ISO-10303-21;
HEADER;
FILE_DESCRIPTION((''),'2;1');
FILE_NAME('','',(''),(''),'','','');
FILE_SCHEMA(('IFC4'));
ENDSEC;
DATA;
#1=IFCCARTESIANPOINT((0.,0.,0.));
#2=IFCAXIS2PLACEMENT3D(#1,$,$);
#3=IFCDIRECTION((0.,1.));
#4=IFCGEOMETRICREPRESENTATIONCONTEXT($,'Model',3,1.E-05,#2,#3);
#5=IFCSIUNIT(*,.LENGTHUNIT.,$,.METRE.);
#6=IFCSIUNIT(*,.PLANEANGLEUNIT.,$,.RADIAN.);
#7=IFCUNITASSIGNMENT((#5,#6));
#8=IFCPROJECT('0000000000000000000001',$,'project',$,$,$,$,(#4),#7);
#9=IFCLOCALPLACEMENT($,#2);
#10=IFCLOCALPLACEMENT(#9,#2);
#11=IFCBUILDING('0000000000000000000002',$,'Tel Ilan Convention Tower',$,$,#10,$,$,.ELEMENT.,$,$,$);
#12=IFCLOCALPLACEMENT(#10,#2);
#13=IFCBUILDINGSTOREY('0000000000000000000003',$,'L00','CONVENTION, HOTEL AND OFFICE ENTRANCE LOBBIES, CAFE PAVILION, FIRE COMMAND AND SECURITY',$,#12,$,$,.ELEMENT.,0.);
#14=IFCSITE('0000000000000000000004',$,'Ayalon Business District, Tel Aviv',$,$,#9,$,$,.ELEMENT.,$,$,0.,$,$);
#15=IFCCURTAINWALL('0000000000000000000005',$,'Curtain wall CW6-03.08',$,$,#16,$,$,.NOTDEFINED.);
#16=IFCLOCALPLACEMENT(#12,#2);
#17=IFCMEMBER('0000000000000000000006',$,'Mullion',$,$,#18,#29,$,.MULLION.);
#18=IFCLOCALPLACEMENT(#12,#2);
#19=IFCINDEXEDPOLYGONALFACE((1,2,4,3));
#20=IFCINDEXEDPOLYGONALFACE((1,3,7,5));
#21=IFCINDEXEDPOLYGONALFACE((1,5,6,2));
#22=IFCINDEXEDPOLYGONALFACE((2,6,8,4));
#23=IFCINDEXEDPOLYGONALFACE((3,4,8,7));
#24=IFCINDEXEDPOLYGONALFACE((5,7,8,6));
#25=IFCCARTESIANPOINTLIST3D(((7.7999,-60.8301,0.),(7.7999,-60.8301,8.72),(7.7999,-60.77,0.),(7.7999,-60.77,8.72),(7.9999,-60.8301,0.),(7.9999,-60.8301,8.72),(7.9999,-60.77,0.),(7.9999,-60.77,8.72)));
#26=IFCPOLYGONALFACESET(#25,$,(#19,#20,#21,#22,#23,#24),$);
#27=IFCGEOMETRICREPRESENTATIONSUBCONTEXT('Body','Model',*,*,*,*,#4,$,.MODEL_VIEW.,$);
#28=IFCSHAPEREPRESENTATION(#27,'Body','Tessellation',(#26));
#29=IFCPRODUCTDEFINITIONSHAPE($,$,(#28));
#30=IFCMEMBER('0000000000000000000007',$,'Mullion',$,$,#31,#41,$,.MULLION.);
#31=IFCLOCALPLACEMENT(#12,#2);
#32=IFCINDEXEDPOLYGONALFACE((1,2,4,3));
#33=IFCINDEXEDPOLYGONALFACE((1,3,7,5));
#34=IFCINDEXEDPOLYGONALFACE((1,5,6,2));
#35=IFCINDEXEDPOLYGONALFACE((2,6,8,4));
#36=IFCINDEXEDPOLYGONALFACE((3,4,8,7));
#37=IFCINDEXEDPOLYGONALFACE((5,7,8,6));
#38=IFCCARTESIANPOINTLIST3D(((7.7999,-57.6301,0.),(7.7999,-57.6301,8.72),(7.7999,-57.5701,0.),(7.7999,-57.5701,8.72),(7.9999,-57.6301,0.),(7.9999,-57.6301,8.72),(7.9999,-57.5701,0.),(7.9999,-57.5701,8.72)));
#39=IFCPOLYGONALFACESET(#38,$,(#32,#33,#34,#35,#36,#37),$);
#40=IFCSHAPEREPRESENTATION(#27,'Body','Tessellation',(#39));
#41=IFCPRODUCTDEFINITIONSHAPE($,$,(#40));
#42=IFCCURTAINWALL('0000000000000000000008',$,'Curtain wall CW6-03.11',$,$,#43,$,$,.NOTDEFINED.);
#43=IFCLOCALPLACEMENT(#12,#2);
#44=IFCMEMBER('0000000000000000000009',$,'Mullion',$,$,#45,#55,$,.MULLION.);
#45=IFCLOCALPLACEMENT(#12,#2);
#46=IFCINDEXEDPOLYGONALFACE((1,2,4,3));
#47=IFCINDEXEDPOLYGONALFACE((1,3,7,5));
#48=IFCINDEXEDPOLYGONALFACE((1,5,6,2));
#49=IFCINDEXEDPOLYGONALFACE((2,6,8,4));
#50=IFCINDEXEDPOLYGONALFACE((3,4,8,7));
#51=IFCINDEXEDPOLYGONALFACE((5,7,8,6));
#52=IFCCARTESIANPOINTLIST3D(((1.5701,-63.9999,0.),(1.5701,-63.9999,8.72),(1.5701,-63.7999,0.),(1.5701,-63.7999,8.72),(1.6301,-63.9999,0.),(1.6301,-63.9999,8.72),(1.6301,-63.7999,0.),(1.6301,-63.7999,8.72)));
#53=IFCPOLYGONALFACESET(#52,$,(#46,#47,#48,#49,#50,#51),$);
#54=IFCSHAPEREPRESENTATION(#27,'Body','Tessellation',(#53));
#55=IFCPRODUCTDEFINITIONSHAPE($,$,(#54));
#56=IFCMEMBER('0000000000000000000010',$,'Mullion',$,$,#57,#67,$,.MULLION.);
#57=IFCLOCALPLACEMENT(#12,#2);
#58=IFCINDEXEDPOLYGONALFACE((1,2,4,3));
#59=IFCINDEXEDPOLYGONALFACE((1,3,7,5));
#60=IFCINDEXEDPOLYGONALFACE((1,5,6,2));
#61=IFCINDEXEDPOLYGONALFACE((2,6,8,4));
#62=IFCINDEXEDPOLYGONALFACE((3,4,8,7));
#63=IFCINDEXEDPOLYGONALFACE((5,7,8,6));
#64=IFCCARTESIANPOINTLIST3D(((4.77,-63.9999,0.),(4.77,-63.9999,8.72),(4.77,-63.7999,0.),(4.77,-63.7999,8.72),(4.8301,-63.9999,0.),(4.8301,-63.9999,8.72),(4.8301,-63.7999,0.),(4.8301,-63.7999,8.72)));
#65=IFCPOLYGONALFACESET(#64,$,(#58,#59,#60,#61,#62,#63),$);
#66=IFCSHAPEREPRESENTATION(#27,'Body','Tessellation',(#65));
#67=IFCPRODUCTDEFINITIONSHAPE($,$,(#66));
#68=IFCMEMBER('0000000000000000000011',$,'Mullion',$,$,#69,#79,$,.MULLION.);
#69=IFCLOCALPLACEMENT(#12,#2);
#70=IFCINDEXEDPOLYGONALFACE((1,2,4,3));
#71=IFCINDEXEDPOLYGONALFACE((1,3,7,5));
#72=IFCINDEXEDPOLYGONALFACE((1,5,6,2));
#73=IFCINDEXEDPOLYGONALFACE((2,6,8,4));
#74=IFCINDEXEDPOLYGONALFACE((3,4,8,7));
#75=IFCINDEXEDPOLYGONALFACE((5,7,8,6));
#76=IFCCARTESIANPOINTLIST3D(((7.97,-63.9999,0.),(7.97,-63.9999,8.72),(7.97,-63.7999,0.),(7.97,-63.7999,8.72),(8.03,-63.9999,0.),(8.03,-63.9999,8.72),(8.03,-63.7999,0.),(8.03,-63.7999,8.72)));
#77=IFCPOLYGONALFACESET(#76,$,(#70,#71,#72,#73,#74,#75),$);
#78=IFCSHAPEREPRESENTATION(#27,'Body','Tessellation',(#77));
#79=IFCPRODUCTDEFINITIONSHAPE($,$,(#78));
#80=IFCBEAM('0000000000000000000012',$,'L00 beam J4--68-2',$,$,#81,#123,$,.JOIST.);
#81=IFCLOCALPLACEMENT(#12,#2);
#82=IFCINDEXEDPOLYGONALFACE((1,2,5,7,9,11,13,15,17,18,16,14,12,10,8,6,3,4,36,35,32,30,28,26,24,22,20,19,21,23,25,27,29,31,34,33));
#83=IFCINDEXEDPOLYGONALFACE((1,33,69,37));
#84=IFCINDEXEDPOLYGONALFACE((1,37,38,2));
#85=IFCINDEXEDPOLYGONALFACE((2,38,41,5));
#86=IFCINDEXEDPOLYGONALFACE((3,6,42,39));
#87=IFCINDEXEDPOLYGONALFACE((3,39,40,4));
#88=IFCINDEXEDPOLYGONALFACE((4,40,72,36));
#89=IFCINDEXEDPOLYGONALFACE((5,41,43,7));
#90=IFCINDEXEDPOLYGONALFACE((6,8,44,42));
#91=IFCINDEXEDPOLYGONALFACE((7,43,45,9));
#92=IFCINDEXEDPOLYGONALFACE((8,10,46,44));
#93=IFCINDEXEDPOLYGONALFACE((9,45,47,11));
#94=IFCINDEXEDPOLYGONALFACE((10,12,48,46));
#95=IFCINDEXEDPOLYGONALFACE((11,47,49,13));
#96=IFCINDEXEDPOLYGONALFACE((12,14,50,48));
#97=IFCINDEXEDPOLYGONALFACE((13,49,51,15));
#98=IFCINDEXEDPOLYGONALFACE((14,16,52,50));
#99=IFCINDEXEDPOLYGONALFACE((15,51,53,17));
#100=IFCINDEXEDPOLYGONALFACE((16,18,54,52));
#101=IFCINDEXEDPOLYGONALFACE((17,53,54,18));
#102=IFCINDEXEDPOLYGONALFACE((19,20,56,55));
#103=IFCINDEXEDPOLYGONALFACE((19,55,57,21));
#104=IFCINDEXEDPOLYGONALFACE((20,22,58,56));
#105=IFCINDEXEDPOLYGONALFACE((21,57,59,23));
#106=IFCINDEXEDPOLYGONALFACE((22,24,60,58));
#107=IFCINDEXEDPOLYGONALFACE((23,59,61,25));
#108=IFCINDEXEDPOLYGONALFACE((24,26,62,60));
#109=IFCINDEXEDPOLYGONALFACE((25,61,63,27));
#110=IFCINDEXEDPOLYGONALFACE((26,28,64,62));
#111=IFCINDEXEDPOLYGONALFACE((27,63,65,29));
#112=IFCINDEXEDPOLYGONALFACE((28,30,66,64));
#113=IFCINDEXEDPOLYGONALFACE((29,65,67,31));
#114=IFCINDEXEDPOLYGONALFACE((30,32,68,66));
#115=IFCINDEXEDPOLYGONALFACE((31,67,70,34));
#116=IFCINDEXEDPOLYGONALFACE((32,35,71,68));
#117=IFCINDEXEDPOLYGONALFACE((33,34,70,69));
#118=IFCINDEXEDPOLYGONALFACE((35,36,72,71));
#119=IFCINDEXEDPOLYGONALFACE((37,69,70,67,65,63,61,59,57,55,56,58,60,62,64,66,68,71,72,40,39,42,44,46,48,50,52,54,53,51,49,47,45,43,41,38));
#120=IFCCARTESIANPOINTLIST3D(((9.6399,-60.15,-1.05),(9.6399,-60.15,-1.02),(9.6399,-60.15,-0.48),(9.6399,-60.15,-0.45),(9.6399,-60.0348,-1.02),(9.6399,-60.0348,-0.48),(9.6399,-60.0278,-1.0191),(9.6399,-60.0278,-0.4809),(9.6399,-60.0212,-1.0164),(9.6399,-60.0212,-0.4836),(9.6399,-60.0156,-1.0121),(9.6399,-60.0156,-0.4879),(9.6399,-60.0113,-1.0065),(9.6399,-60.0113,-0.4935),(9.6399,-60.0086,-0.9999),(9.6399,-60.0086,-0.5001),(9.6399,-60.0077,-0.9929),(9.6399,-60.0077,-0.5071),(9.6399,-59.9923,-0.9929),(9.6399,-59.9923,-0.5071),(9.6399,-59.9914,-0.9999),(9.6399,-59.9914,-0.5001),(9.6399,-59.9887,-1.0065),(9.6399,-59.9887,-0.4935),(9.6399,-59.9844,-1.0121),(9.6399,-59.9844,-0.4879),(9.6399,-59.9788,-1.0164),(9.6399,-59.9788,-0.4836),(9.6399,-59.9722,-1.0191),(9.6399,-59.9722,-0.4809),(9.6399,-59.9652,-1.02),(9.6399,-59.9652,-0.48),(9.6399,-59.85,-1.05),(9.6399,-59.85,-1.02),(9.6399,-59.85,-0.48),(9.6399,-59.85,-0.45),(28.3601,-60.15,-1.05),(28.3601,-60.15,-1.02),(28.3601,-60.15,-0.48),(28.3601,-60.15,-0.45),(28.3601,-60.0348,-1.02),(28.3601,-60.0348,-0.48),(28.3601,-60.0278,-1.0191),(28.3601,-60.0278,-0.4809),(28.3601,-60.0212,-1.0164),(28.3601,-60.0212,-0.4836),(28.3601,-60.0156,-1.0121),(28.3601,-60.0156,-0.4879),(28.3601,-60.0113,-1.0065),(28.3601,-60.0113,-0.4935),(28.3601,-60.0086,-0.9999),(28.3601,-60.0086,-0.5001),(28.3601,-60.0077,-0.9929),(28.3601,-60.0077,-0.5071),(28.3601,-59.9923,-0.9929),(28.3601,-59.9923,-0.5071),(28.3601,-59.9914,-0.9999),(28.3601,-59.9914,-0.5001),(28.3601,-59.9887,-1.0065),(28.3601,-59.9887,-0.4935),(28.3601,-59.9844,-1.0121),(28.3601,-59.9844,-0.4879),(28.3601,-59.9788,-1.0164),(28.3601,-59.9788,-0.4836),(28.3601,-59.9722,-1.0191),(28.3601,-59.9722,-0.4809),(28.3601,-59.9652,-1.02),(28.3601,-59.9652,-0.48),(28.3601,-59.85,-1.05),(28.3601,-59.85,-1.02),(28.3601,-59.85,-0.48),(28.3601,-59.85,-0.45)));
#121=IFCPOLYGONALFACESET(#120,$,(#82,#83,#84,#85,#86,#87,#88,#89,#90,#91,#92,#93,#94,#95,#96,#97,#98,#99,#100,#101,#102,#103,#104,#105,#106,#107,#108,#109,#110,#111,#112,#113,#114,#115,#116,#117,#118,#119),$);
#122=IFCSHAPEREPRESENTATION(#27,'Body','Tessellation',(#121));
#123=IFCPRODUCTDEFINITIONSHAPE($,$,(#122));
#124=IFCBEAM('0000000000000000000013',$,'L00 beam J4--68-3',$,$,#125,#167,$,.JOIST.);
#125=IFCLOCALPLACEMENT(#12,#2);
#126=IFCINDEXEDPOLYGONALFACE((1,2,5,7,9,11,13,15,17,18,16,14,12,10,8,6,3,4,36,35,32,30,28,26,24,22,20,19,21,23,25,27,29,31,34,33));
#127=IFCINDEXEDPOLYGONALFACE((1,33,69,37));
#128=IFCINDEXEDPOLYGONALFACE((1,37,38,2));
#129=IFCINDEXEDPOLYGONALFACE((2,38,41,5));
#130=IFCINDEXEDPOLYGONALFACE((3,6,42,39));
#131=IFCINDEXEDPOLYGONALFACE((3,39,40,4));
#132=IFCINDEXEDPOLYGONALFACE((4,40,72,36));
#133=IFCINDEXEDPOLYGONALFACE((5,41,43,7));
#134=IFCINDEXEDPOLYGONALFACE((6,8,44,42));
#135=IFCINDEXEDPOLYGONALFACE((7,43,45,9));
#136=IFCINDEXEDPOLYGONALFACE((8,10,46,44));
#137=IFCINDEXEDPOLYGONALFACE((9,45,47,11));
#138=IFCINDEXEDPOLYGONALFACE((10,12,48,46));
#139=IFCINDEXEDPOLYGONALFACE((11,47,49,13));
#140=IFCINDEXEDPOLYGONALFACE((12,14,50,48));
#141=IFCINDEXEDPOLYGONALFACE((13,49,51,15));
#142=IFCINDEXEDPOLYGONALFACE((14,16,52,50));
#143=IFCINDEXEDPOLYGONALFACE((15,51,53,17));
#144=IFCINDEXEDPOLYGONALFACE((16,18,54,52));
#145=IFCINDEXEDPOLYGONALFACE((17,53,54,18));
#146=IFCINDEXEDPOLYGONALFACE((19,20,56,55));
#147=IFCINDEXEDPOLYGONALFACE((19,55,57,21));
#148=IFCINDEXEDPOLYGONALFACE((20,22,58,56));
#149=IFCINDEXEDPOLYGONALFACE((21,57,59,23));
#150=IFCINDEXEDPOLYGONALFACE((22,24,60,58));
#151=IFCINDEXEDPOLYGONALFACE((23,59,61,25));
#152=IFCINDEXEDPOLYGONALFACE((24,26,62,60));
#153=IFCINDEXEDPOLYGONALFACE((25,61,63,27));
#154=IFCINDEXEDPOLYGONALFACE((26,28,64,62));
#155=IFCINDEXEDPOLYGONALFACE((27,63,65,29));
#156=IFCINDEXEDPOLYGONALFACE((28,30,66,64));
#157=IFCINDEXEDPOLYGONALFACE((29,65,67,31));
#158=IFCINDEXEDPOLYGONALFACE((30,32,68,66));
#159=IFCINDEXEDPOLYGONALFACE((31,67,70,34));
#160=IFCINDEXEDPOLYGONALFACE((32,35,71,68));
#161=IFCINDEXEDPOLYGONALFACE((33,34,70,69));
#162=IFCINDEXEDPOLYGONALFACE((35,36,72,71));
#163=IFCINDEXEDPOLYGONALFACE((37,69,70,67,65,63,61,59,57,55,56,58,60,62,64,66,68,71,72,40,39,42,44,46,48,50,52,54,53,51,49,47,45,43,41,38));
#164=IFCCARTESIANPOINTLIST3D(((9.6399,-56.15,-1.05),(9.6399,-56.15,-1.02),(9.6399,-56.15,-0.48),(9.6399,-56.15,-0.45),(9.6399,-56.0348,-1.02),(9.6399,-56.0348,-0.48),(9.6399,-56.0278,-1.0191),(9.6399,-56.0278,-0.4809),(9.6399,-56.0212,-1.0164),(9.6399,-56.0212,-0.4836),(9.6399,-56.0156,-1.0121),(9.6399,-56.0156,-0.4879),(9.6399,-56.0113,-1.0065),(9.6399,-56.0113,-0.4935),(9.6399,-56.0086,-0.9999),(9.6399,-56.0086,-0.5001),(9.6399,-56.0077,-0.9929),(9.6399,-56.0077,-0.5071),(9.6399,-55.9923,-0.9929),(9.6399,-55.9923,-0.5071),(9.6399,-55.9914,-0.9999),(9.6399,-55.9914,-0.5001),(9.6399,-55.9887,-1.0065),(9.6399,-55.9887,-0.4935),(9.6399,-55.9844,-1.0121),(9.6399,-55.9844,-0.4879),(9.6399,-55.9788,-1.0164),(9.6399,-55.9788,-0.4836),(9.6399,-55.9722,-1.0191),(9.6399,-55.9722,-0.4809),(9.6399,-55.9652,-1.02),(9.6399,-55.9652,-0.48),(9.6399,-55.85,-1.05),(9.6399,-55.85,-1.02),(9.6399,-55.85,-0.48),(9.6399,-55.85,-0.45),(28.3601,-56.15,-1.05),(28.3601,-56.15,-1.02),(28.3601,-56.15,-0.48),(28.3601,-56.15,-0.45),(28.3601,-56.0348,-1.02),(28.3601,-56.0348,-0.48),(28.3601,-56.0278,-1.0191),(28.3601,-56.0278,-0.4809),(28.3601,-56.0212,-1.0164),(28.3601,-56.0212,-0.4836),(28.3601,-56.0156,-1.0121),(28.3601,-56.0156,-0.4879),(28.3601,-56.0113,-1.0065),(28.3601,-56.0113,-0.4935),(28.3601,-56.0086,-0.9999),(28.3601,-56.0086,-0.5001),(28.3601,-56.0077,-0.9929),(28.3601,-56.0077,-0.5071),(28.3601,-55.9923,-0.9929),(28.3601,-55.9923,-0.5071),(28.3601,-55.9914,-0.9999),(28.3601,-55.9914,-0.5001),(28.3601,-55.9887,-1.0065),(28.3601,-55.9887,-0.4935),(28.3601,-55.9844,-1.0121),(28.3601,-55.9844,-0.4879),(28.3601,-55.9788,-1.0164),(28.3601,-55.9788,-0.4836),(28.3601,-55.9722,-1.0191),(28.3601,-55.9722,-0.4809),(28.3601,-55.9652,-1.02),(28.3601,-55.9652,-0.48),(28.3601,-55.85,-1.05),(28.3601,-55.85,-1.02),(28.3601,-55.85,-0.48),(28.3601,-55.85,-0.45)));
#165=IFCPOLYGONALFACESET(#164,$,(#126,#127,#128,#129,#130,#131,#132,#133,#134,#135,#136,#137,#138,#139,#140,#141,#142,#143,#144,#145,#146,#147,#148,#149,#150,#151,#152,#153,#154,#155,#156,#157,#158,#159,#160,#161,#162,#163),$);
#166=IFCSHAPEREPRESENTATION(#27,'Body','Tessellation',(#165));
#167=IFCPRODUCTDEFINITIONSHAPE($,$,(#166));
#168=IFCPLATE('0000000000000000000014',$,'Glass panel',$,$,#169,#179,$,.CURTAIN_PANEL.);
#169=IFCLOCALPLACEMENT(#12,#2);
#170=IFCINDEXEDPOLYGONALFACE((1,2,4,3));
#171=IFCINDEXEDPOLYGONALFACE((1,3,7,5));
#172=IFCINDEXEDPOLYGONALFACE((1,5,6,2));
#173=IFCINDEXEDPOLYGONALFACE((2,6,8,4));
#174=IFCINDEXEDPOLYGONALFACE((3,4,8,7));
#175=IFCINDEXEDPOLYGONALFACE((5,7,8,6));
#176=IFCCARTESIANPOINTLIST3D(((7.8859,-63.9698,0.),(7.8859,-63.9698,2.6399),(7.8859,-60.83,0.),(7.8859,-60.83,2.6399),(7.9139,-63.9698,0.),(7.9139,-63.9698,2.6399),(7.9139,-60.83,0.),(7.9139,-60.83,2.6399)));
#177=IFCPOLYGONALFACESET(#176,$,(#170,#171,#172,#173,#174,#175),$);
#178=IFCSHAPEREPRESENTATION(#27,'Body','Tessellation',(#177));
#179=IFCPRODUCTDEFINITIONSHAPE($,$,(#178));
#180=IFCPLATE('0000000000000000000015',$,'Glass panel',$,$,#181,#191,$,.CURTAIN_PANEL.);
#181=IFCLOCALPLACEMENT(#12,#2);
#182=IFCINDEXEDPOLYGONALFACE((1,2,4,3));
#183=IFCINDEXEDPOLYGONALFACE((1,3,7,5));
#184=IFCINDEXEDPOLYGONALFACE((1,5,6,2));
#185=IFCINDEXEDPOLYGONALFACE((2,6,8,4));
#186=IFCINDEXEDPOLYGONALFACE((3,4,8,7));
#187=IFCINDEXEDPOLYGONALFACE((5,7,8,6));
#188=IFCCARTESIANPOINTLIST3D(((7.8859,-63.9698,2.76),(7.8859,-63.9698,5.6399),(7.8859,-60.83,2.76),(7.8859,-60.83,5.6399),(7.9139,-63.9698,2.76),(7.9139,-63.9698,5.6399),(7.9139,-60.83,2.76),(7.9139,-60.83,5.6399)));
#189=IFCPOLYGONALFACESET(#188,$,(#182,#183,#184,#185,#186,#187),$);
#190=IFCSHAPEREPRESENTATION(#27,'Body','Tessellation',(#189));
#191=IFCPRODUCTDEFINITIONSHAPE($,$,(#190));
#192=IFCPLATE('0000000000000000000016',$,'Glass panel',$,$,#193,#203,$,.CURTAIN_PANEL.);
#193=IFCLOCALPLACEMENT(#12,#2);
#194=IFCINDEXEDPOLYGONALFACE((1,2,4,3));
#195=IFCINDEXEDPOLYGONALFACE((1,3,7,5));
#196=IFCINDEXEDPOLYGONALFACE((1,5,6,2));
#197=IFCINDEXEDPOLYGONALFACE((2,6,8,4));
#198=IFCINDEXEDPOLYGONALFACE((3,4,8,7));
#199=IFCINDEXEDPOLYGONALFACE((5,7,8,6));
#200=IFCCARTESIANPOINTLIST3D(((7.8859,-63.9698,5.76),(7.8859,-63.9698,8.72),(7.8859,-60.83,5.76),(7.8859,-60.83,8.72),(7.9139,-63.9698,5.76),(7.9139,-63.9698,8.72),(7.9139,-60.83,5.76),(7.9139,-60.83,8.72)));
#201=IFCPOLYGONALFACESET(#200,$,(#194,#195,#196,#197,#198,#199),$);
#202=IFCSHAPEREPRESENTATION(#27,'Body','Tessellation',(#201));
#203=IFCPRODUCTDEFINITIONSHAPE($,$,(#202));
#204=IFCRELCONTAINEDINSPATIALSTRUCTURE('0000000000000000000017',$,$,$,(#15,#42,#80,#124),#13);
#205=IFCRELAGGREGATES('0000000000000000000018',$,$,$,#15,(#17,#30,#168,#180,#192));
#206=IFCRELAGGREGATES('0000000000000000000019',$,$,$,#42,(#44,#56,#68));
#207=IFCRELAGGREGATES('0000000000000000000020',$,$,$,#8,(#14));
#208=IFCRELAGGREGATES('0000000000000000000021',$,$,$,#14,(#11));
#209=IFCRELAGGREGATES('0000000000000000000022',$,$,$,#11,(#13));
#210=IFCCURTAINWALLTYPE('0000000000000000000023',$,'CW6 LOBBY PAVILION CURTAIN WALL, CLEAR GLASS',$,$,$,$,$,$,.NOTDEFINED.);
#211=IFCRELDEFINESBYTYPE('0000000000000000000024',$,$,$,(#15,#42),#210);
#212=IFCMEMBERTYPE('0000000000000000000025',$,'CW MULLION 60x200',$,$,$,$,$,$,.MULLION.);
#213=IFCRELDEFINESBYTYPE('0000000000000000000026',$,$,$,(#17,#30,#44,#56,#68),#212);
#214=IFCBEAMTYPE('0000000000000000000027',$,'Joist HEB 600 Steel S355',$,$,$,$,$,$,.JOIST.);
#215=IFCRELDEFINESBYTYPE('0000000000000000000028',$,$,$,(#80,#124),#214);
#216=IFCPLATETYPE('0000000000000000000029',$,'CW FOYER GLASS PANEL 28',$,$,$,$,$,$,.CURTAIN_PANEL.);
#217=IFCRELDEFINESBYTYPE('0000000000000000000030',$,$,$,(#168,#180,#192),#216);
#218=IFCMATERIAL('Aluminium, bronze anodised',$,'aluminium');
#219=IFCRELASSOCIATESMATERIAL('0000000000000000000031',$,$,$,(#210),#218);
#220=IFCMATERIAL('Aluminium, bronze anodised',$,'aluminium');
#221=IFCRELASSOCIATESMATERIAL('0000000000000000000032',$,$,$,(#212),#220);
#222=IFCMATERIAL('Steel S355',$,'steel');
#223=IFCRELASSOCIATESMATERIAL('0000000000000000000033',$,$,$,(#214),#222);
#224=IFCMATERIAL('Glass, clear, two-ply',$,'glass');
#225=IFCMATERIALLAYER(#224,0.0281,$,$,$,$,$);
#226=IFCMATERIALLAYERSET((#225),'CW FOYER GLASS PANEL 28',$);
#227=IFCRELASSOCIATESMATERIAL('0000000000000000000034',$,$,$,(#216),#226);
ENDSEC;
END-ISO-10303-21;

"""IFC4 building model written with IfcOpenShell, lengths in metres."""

from ifc_helpers import new_model, si_unit, direction, frame, origin, origin_2d, place, context, subcontext, project, spatial, rectangle, i_section, extrude, material, layer, layer_set, material_profile, profile_set, type_object, element, aggregate, save


model = new_model("IFC4")

# Units and contexts
model_context = context("Model", 3, precision=1e-05, world=origin(), true_north=direction((0.0, 1.0)))
body_context = subcontext(model_context, "Body", "Model", "MODEL_VIEW")
ifc_project = project(units=[si_unit("LENGTHUNIT", "METRE"), si_unit("PLANEANGLEUNIT", "RADIAN")], contexts=[model_context])

# Site, building, storey
site_placement = place(None, origin())
site = spatial("IfcSite", under=ifc_project, at=site_placement, Name="Ayalon Business District, Tel Aviv", CompositionType="ELEMENT", RefElevation=0.0)
building_placement = place(site_placement, origin())
building = spatial("IfcBuilding", under=site, at=building_placement, Name="Tel Ilan Convention Tower", CompositionType="ELEMENT")
storey_placement = place(building_placement, origin())
storey = spatial("IfcBuildingStorey", under=building, at=storey_placement, Name="L00", Description="CONVENTION, HOTEL AND OFFICE ENTRANCE LOBBIES, CAFE PAVILION, FIRE COMMAND AND SECURITY", CompositionType="ELEMENT", Elevation=0.0)

# Curtain walls, members
ifc_material_1 = material(Name="Aluminium, bronze anodised", Category="aluminium")
curtain_wall_type = type_object("IfcCurtainWallType", Name="CW6 LOBBY PAVILION CURTAIN WALL, CLEAR GLASS", PredefinedType="NOTDEFINED", material=ifc_material_1)
curtain_wall_1_placement = place(storey_placement, origin())
curtain_wall_1 = element("IfcCurtainWall", 1, at=curtain_wall_1_placement, inside=storey, type_object=curtain_wall_type, Name="Curtain wall CW6-03.08", PredefinedType="NOTDEFINED")
ifc_material_2 = material(Name="Aluminium, bronze anodised", Category="aluminium")
ifc_material_profile_1 = material_profile(ifc_material_2, rectangle(XDim=0.0601, YDim=0.2, at=origin_2d()), Name="CW MULLION 60x200")
ifc_profile_set_1 = profile_set([ifc_material_profile_1], Name="Aluminium, bronze anodised")
member_type = type_object("IfcMemberType", Name="CW MULLION 60x200", PredefinedType="MULLION", material=ifc_profile_set_1)
member_1_placement = place(storey_placement, frame((7.8999, -60.8, 0.0), z_axis=(0.0, 0.0, 1.0), x_axis=(0.0, 1.0, 0.0)))
member_1 = element("IfcMember", 2, at=member_1_placement, type_object=member_type, Name="Mullion", PredefinedType="MULLION", context=body_context, shape_type="SweptSolid", body=[
    extrude(rectangle(XDim=0.0601, YDim=0.2, at=origin_2d()), origin(), (0.0, 0.0, 1.0), 8.72),
])
member_2_placement = place(storey_placement, frame((7.8999, -57.6001, 0.0), z_axis=(0.0, 0.0, 1.0), x_axis=(0.0, 1.0, 0.0)))
member_2 = element("IfcMember", 3, at=member_2_placement, type_object=member_type, Name="Mullion", PredefinedType="MULLION", context=body_context, shape_type="SweptSolid", body=[
    extrude(rectangle(XDim=0.0601, YDim=0.2, at=origin_2d()), origin(), (0.0, 0.0, 1.0), 8.72),
])
curtain_wall_2_placement = place(storey_placement, origin())
curtain_wall_2 = element("IfcCurtainWall", 4, at=curtain_wall_2_placement, inside=storey, type_object=curtain_wall_type, Name="Curtain wall CW6-03.11", PredefinedType="NOTDEFINED")
member_3_placement = place(storey_placement, frame((1.6001, -63.8999, 0.0), z_axis=(0.0, 0.0, 1.0), x_axis=(1.0, 0.0, 0.0)))
member_3 = element("IfcMember", 5, at=member_3_placement, type_object=member_type, Name="Mullion", PredefinedType="MULLION", context=body_context, shape_type="SweptSolid", body=[
    extrude(rectangle(XDim=0.0601, YDim=0.2, at=origin_2d()), origin(), (0.0, 0.0, 1.0), 8.72),
])
member_4_placement = place(storey_placement, frame((4.8, -63.8999, 0.0), z_axis=(0.0, 0.0, 1.0), x_axis=(1.0, 0.0, 0.0)))
member_4 = element("IfcMember", 6, at=member_4_placement, type_object=member_type, Name="Mullion", PredefinedType="MULLION", context=body_context, shape_type="SweptSolid", body=[
    extrude(rectangle(XDim=0.0601, YDim=0.2, at=origin_2d()), origin(), (0.0, 0.0, 1.0), 8.72),
])
member_5_placement = place(storey_placement, frame((8.0, -63.8999, 0.0), z_axis=(0.0, 0.0, 1.0), x_axis=(1.0, 0.0, 0.0)))
member_5 = element("IfcMember", 7, at=member_5_placement, type_object=member_type, Name="Mullion", PredefinedType="MULLION", context=body_context, shape_type="SweptSolid", body=[
    extrude(rectangle(XDim=0.0601, YDim=0.2, at=origin_2d()), origin(), (0.0, 0.0, 1.0), 8.72),
])

# Beams
ifc_material_3 = material(Name="Steel S355", Category="steel")
ifc_material_profile_2 = material_profile(ifc_material_3, i_section(OverallWidth=0.3, OverallDepth=0.6001, WebThickness=0.0154, FlangeThickness=0.03, FilletRadius=0.0271, at=origin_2d()), Name="HEB 600")
ifc_profile_set_2 = profile_set([ifc_material_profile_2], Name="Steel S355")
beam_type = type_object("IfcBeamType", Name="Joist HEB 600 Steel S355", PredefinedType="JOIST", material=ifc_profile_set_2)
for number, where, z_axis, x_axis, name in (
    (8, (9.6399, -60.0, -0.75), (1.0, 0.0, 0.0), (0.0, 1.0, 0.0), "L00 beam J4--68-2"),
    (9, (9.6399, -56.0, -0.75), (1.0, 0.0, 0.0), (0.0, 1.0, 0.0), "L00 beam J4--68-3"),
):
    element("IfcBeam", number, at=place(storey_placement, frame(where, z_axis=z_axis, x_axis=x_axis)), inside=storey, type_object=beam_type, Name=name, PredefinedType="JOIST", context=body_context, shape_type="SweptSolid", body=[
        extrude(i_section(OverallWidth=0.3, OverallDepth=0.6001, WebThickness=0.0154, FlangeThickness=0.03, FilletRadius=0.0271, at=origin_2d()), origin(), (0.0, 0.0, 1.0), 18.7202),
    ])

# Plates
ifc_material_4 = material(Name="Glass, clear, two-ply", Category="glass")
ifc_layer_1 = layer(ifc_material_4, 0.0281)
ifc_layer_set_1 = layer_set([ifc_layer_1], Name="CW FOYER GLASS PANEL 28")
plate_type = type_object("IfcPlateType", Name="CW FOYER GLASS PANEL 28", PredefinedType="CURTAIN_PANEL", material=ifc_layer_set_1)
plate_1_placement = place(storey_placement, frame((7.8999, -62.3999, 0.0), z_axis=(0.0, 0.0, 1.0), x_axis=(0.0, 1.0, 0.0)))
plate_1 = element("IfcPlate", 10, at=plate_1_placement, type_object=plate_type, Name="Glass panel", PredefinedType="CURTAIN_PANEL", context=body_context, shape_type="SweptSolid", body=[
    extrude(rectangle(XDim=3.1399, YDim=0.0281, at=origin_2d()), origin(), (0.0, 0.0, 1.0), 2.6399),
])
plate_2_placement = place(storey_placement, frame((7.8999, -62.3999, 2.76), z_axis=(0.0, 0.0, 1.0), x_axis=(0.0, 1.0, 0.0)))
plate_2 = element("IfcPlate", 11, at=plate_2_placement, type_object=plate_type, Name="Glass panel", PredefinedType="CURTAIN_PANEL", context=body_context, shape_type="SweptSolid", body=[
    extrude(rectangle(XDim=3.1399, YDim=0.0281, at=origin_2d()), origin(), (0.0, 0.0, 1.0), 2.8799),
])
plate_3_placement = place(storey_placement, frame((7.8999, -62.3999, 5.76), z_axis=(0.0, 0.0, 1.0), x_axis=(0.0, 1.0, 0.0)))
plate_3 = element("IfcPlate", 12, at=plate_3_placement, type_object=plate_type, Name="Glass panel", PredefinedType="CURTAIN_PANEL", context=body_context, shape_type="SweptSolid", body=[
    extrude(rectangle(XDim=3.1399, YDim=0.0281, at=origin_2d()), origin(), (0.0, 0.0, 1.0), 2.96),
])
aggregate(curtain_wall_1, [member_1, member_2, plate_1, plate_2, plate_3])
aggregate(curtain_wall_2, [member_3, member_4, member_5])

save(model, "model.ifc")
